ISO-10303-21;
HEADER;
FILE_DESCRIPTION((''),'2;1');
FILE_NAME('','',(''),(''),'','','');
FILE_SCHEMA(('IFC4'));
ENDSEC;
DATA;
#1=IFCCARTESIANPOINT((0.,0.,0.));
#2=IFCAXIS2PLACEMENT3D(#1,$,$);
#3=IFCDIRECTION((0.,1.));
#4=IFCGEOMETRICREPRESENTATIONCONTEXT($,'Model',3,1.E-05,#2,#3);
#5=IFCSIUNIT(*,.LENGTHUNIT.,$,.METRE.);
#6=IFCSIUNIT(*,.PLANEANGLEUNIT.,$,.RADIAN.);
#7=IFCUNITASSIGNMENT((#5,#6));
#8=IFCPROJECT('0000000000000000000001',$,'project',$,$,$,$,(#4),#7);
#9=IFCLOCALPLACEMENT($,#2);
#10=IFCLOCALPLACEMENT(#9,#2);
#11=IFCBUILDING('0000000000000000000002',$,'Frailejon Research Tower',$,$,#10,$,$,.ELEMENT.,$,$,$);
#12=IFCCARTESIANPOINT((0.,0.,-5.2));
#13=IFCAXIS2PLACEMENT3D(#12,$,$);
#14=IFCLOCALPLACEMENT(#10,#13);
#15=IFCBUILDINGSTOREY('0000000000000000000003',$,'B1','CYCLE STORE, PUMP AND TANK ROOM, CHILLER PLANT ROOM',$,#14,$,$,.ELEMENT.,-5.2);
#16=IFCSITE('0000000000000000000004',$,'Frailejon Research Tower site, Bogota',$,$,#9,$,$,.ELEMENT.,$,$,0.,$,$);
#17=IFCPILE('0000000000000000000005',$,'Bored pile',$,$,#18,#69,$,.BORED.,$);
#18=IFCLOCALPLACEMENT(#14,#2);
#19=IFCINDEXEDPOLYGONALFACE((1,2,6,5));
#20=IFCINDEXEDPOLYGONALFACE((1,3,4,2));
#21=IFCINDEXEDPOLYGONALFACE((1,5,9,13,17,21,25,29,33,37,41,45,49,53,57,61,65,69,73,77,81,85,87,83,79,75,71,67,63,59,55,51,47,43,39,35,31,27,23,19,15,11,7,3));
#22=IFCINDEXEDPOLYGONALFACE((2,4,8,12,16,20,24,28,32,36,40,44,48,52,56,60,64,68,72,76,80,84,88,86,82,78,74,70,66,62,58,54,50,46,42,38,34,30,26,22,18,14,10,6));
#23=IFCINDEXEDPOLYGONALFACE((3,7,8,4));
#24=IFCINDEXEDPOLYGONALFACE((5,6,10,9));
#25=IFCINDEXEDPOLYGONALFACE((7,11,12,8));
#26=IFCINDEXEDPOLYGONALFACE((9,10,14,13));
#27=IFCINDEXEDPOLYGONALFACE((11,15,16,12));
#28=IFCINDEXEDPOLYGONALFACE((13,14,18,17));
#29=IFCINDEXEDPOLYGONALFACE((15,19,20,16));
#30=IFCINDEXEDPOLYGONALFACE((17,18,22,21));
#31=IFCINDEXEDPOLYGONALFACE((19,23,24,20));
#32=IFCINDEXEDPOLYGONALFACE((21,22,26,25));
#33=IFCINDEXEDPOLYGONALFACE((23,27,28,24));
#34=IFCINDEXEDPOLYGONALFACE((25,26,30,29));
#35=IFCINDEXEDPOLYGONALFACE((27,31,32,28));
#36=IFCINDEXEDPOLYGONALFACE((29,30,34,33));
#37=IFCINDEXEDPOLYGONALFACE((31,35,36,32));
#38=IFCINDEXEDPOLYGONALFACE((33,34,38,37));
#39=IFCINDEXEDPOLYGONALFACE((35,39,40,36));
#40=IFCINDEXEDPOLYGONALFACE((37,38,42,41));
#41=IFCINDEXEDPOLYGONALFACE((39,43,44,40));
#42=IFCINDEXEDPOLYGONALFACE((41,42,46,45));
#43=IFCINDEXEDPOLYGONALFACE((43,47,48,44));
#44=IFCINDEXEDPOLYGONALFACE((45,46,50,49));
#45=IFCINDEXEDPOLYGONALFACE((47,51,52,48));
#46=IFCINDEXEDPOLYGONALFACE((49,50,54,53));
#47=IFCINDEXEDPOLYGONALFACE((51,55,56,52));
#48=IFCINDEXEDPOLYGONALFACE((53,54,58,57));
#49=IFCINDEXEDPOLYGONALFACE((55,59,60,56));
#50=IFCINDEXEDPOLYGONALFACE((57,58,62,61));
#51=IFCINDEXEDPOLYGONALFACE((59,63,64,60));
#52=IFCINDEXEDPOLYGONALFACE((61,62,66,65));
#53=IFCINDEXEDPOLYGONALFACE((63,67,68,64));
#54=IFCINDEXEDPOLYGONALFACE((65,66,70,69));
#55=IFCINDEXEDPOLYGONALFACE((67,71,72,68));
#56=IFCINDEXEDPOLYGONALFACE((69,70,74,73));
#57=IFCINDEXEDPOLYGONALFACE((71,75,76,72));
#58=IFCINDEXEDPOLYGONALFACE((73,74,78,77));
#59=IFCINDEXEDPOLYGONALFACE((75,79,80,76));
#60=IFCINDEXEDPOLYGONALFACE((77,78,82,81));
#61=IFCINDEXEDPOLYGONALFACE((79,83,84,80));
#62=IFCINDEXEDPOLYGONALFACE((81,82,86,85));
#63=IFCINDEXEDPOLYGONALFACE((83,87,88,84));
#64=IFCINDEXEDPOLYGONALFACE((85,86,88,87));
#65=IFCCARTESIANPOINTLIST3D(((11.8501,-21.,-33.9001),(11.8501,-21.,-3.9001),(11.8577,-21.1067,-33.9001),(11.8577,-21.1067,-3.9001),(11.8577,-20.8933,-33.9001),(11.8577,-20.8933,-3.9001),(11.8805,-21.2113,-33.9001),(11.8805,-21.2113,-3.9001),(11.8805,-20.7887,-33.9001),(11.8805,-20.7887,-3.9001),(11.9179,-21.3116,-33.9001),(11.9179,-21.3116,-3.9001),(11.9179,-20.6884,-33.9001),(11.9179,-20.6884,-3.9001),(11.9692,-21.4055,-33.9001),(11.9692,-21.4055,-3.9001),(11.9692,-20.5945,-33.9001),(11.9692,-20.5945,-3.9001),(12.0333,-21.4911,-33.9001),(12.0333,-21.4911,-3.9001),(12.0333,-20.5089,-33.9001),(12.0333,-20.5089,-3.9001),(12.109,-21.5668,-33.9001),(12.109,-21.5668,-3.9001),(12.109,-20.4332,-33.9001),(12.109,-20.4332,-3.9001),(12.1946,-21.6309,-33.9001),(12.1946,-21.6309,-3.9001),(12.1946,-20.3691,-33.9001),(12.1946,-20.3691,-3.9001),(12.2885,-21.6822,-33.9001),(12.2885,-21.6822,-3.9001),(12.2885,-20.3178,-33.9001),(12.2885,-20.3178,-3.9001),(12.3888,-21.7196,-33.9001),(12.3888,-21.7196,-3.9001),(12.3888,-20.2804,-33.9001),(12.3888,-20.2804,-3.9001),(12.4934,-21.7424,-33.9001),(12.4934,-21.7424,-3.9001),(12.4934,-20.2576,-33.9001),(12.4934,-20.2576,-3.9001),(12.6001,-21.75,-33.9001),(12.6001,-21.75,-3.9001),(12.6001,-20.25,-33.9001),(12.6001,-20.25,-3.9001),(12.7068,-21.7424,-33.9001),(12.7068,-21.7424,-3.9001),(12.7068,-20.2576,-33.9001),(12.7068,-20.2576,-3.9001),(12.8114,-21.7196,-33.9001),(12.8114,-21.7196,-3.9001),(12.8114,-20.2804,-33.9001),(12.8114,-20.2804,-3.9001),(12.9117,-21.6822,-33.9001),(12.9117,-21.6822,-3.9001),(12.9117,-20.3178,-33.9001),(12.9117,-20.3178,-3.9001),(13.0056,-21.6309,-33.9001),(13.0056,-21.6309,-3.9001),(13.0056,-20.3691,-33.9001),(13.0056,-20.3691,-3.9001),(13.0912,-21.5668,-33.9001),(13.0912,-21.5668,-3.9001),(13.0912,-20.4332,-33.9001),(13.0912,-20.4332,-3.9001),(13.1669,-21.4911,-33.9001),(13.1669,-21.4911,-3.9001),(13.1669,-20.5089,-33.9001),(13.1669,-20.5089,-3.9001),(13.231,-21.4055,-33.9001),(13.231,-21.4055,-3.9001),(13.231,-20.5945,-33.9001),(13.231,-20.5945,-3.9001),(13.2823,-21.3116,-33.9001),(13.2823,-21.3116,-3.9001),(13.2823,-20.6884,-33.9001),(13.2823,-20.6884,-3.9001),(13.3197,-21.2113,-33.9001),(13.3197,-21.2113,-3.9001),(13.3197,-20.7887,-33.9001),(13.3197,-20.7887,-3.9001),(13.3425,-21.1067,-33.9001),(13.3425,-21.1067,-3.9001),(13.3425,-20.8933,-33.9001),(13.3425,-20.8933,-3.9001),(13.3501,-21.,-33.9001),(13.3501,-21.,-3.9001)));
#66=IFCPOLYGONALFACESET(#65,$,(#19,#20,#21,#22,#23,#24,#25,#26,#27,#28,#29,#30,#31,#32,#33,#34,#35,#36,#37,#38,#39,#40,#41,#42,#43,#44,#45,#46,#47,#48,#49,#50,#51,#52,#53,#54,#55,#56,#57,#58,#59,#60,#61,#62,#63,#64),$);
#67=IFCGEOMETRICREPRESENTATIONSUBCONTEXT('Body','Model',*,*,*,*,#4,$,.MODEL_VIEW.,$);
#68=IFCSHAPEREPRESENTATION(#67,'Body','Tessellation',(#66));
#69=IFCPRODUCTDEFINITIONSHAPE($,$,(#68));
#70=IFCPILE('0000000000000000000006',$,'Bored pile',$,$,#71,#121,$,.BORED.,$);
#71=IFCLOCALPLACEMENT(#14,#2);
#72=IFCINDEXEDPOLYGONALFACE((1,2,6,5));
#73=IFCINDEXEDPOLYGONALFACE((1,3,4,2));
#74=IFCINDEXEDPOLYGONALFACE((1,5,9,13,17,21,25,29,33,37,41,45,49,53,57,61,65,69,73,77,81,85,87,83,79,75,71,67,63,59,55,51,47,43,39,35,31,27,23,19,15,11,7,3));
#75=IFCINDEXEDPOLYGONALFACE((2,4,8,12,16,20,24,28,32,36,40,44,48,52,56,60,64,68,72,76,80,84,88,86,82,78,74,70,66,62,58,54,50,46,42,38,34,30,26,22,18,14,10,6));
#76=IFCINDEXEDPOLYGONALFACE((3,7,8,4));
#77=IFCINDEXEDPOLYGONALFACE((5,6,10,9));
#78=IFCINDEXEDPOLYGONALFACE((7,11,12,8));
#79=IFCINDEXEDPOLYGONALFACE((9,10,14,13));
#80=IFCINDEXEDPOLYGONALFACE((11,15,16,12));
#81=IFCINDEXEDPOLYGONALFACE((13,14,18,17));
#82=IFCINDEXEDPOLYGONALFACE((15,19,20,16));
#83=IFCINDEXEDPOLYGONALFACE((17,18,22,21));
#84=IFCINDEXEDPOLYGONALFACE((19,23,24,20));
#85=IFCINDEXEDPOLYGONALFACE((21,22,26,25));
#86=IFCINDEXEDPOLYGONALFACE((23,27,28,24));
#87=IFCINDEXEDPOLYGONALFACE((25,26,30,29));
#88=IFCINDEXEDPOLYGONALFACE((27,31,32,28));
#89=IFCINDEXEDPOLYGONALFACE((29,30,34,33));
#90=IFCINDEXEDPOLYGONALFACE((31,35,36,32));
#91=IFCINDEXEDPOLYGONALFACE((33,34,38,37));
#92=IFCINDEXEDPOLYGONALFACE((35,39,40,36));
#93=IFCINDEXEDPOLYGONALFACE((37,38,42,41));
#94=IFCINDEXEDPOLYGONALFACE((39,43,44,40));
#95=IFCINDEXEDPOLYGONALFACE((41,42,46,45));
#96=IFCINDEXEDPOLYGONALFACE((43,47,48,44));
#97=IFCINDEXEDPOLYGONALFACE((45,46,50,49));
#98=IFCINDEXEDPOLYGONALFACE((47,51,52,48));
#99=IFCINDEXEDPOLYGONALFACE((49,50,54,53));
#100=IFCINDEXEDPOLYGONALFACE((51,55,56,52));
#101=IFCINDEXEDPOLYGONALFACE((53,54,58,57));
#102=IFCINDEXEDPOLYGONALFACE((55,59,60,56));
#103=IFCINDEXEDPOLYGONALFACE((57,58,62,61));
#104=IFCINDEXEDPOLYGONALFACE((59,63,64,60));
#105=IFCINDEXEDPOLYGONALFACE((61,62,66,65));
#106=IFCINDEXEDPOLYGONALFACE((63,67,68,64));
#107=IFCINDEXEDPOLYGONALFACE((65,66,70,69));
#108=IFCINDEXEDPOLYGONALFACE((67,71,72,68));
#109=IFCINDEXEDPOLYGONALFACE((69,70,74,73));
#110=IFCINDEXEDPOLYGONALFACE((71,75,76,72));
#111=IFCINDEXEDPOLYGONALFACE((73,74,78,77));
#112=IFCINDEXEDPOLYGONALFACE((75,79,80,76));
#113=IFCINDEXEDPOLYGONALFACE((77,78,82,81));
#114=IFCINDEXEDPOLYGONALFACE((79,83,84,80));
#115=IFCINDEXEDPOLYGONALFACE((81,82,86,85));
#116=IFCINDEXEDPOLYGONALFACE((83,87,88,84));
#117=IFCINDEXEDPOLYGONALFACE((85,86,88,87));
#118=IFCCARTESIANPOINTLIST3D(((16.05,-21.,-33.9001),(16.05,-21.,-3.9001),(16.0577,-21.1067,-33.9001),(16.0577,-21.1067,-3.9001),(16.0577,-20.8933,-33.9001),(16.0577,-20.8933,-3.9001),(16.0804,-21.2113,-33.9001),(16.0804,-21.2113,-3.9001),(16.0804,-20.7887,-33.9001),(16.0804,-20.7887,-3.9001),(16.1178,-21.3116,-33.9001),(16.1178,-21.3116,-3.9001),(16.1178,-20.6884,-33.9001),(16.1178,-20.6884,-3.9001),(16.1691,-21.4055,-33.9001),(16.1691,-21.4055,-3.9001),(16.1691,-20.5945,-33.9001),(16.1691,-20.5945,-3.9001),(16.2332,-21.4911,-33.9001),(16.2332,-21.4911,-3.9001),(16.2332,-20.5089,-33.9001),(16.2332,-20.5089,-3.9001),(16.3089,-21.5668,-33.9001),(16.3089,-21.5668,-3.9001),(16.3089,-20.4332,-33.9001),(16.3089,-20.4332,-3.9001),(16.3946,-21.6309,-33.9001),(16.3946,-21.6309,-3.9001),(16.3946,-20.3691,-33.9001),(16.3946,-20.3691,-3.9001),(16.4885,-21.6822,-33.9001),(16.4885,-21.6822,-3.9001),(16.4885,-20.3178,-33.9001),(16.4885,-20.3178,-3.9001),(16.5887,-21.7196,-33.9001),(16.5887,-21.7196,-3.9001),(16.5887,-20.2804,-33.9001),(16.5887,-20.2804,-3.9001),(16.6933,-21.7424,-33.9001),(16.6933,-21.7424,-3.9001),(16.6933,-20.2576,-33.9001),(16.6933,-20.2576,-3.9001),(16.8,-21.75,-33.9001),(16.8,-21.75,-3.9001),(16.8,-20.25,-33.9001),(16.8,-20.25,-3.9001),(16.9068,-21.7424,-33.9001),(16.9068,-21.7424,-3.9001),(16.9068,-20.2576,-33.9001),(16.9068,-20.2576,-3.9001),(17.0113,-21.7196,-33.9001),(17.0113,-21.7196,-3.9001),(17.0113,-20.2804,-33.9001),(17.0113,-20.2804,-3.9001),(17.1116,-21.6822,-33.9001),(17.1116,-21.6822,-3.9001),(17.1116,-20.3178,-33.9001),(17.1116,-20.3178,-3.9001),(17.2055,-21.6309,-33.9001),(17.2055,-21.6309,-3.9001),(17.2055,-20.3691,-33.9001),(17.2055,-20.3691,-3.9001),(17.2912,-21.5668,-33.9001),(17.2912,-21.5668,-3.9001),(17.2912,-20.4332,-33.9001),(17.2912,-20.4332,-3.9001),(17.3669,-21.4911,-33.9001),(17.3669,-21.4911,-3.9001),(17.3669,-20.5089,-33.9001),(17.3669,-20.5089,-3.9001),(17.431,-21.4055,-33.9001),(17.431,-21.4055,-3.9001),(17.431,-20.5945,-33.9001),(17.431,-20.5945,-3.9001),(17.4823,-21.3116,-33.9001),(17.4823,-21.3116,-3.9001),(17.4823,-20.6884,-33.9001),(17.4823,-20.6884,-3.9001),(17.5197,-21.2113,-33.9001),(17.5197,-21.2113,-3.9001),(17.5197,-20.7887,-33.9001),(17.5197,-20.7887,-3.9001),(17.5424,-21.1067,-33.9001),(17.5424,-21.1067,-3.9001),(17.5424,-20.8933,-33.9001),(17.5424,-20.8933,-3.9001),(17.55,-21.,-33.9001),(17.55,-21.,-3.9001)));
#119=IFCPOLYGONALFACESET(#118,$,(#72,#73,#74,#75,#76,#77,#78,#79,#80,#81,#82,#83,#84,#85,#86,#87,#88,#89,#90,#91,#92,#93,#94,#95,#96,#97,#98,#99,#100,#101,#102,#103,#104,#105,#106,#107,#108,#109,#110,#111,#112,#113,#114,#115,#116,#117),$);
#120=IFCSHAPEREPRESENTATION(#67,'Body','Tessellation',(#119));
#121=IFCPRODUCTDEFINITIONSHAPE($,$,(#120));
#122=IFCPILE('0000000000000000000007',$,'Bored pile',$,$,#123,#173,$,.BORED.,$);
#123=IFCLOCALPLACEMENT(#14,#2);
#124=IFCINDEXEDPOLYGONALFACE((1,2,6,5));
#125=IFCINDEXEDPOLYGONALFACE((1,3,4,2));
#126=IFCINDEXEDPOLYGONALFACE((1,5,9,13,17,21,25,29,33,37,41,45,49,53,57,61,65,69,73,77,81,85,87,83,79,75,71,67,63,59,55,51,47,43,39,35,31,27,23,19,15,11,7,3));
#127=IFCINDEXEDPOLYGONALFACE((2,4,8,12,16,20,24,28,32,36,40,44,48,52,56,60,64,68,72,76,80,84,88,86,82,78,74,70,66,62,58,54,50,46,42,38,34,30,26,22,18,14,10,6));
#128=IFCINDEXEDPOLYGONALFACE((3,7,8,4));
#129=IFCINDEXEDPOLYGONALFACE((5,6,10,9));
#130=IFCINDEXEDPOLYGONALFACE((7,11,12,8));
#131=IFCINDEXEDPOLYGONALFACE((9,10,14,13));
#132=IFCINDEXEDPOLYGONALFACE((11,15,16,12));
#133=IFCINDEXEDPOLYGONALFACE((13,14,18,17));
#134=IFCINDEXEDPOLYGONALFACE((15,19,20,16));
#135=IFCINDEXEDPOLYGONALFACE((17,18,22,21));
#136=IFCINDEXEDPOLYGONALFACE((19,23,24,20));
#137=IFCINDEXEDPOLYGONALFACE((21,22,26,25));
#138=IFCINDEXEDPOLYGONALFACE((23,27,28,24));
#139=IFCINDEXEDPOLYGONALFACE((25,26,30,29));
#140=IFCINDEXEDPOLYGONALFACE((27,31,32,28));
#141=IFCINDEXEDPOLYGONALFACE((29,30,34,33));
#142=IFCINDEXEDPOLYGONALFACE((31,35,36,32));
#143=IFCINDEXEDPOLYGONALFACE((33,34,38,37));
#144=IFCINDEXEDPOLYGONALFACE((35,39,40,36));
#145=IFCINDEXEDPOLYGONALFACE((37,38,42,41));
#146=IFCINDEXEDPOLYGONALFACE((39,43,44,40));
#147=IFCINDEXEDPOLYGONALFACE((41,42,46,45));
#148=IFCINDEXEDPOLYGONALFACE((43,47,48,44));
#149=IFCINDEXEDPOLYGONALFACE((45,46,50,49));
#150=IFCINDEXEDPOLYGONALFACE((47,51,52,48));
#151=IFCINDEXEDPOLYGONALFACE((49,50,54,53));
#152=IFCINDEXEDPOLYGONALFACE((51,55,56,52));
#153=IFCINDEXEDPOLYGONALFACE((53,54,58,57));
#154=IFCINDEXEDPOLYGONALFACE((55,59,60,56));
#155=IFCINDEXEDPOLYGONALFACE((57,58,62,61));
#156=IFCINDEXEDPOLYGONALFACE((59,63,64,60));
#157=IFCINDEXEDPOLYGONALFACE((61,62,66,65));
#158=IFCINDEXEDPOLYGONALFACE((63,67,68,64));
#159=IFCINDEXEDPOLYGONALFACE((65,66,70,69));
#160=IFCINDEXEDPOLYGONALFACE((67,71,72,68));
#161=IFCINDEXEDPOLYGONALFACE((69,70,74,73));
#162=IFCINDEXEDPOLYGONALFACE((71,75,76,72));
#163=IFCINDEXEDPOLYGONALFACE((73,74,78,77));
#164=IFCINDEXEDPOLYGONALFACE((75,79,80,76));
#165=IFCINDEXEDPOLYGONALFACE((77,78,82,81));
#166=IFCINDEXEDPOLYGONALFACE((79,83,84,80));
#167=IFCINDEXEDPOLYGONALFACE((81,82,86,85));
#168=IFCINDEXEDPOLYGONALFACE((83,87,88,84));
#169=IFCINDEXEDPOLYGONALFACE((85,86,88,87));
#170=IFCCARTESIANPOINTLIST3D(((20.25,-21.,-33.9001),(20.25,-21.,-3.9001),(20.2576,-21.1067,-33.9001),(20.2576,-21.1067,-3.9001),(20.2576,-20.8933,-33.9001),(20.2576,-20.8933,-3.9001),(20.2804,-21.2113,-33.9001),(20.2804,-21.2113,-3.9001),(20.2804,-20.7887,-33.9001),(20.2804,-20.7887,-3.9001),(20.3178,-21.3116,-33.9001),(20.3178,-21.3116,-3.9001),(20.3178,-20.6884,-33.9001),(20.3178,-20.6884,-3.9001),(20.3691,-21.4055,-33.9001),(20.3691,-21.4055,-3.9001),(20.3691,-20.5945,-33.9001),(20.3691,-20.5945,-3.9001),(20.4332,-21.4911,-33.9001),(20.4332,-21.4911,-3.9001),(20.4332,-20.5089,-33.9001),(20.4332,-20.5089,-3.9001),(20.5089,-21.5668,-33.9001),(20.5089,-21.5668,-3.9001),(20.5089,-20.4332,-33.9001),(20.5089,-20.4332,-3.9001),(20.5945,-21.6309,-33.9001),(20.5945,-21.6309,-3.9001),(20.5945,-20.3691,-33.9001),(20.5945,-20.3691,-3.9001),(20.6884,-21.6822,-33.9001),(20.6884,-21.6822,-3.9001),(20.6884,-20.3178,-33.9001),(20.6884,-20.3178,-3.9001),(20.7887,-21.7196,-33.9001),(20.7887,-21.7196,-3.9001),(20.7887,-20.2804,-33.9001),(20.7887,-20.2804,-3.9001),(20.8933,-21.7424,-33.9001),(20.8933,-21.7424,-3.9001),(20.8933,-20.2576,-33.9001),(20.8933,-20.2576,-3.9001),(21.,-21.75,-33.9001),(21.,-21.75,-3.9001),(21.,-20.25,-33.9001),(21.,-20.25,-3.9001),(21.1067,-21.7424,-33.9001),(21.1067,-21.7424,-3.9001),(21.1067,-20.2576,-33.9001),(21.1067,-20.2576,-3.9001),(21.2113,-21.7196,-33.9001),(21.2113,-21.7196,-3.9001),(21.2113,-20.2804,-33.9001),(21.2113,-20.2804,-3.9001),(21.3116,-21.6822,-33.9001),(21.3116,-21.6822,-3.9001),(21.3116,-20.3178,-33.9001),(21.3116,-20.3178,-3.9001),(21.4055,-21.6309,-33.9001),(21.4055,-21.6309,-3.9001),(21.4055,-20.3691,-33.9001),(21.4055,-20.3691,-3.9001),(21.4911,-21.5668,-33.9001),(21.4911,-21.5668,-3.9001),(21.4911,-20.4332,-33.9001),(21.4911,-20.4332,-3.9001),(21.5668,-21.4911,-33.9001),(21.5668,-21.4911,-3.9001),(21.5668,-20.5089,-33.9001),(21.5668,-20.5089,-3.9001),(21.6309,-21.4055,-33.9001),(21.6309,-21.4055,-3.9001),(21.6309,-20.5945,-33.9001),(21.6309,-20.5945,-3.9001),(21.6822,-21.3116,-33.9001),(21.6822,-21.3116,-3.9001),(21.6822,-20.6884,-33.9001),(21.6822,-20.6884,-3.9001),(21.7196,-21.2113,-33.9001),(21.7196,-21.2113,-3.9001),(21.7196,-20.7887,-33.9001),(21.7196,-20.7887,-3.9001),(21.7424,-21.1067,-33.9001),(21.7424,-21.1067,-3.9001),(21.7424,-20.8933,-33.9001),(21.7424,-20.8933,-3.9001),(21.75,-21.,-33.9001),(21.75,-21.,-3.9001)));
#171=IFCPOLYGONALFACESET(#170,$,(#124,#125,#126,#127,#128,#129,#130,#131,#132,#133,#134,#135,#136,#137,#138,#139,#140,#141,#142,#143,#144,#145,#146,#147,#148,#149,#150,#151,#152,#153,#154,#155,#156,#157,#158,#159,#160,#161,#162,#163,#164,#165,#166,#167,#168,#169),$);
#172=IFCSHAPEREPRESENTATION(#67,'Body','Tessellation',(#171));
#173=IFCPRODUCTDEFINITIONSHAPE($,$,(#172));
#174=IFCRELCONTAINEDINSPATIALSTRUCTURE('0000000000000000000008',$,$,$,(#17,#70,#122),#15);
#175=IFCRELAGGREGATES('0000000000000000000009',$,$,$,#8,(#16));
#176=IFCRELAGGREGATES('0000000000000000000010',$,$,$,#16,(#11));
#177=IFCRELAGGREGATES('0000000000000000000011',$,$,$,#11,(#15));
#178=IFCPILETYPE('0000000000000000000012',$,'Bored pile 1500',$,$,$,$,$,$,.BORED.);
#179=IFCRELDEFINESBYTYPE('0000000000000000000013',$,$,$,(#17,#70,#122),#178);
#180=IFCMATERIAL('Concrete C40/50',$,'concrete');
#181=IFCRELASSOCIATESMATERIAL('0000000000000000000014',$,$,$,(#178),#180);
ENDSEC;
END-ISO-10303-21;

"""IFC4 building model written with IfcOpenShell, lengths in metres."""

from ifc_helpers import new_model, si_unit, direction, frame, origin, origin_2d, place, context, subcontext, project, spatial, circle, extrude, material, material_profile, profile_set, type_object, element, save


model = new_model("IFC4")

# Units and contexts
model_context = context("Model", 3, precision=1e-05, world=origin(), true_north=direction((0.0, 1.0)))
body_context = subcontext(model_context, "Body", "Model", "MODEL_VIEW")
ifc_project = project(units=[si_unit("LENGTHUNIT", "METRE"), si_unit("PLANEANGLEUNIT", "RADIAN")], contexts=[model_context])

# Site, building, storey
site_placement = place(None, origin())
site = spatial("IfcSite", under=ifc_project, at=site_placement, Name="Frailejon Research Tower site, Bogota", CompositionType="ELEMENT", RefElevation=0.0)
building_placement = place(site_placement, origin())
building = spatial("IfcBuilding", under=site, at=building_placement, Name="Frailejon Research Tower", CompositionType="ELEMENT")
storey_placement = place(building_placement, frame((0.0, 0.0, -5.2)))
storey = spatial("IfcBuildingStorey", under=building, at=storey_placement, Name="B1", Description="CYCLE STORE, PUMP AND TANK ROOM, CHILLER PLANT ROOM", CompositionType="ELEMENT", Elevation=-5.2)

# Piles
ifc_material_1 = material(Name="Concrete C40/50", Category="concrete")
ifc_material_profile_1 = material_profile(ifc_material_1, circle(Radius=0.75, at=origin_2d()), Name="Bored pile 1500")
ifc_profile_set_1 = profile_set([ifc_material_profile_1], Name="Concrete C40/50")
pile_type = type_object("IfcPileType", Name="Bored pile 1500", PredefinedType="BORED", material=ifc_profile_set_1)
for number, where, z_axis, x_axis, name in (
    (1, (12.6001, -21.0, -3.9001), (0.0, 0.0, -1.0), (1.0, 0.0, 0.0), "Bored pile"),
    (2, (16.8, -21.0, -3.9001), (0.0, 0.0, -1.0), (1.0, 0.0, 0.0), "Bored pile"),
    (3, (21.0, -21.0, -3.9001), (0.0, 0.0, -1.0), (1.0, 0.0, 0.0), "Bored pile"),
):
    element("IfcPile", number, at=place(storey_placement, frame(where, z_axis=z_axis, x_axis=x_axis)), inside=storey, type_object=pile_type, Name=name, PredefinedType="BORED", context=body_context, shape_type="SweptSolid", body=[
        extrude(circle(Radius=0.75, at=origin_2d()), origin(), (0.0, 0.0, 1.0), 30.0),
    ])

save(model, "model.ifc")
